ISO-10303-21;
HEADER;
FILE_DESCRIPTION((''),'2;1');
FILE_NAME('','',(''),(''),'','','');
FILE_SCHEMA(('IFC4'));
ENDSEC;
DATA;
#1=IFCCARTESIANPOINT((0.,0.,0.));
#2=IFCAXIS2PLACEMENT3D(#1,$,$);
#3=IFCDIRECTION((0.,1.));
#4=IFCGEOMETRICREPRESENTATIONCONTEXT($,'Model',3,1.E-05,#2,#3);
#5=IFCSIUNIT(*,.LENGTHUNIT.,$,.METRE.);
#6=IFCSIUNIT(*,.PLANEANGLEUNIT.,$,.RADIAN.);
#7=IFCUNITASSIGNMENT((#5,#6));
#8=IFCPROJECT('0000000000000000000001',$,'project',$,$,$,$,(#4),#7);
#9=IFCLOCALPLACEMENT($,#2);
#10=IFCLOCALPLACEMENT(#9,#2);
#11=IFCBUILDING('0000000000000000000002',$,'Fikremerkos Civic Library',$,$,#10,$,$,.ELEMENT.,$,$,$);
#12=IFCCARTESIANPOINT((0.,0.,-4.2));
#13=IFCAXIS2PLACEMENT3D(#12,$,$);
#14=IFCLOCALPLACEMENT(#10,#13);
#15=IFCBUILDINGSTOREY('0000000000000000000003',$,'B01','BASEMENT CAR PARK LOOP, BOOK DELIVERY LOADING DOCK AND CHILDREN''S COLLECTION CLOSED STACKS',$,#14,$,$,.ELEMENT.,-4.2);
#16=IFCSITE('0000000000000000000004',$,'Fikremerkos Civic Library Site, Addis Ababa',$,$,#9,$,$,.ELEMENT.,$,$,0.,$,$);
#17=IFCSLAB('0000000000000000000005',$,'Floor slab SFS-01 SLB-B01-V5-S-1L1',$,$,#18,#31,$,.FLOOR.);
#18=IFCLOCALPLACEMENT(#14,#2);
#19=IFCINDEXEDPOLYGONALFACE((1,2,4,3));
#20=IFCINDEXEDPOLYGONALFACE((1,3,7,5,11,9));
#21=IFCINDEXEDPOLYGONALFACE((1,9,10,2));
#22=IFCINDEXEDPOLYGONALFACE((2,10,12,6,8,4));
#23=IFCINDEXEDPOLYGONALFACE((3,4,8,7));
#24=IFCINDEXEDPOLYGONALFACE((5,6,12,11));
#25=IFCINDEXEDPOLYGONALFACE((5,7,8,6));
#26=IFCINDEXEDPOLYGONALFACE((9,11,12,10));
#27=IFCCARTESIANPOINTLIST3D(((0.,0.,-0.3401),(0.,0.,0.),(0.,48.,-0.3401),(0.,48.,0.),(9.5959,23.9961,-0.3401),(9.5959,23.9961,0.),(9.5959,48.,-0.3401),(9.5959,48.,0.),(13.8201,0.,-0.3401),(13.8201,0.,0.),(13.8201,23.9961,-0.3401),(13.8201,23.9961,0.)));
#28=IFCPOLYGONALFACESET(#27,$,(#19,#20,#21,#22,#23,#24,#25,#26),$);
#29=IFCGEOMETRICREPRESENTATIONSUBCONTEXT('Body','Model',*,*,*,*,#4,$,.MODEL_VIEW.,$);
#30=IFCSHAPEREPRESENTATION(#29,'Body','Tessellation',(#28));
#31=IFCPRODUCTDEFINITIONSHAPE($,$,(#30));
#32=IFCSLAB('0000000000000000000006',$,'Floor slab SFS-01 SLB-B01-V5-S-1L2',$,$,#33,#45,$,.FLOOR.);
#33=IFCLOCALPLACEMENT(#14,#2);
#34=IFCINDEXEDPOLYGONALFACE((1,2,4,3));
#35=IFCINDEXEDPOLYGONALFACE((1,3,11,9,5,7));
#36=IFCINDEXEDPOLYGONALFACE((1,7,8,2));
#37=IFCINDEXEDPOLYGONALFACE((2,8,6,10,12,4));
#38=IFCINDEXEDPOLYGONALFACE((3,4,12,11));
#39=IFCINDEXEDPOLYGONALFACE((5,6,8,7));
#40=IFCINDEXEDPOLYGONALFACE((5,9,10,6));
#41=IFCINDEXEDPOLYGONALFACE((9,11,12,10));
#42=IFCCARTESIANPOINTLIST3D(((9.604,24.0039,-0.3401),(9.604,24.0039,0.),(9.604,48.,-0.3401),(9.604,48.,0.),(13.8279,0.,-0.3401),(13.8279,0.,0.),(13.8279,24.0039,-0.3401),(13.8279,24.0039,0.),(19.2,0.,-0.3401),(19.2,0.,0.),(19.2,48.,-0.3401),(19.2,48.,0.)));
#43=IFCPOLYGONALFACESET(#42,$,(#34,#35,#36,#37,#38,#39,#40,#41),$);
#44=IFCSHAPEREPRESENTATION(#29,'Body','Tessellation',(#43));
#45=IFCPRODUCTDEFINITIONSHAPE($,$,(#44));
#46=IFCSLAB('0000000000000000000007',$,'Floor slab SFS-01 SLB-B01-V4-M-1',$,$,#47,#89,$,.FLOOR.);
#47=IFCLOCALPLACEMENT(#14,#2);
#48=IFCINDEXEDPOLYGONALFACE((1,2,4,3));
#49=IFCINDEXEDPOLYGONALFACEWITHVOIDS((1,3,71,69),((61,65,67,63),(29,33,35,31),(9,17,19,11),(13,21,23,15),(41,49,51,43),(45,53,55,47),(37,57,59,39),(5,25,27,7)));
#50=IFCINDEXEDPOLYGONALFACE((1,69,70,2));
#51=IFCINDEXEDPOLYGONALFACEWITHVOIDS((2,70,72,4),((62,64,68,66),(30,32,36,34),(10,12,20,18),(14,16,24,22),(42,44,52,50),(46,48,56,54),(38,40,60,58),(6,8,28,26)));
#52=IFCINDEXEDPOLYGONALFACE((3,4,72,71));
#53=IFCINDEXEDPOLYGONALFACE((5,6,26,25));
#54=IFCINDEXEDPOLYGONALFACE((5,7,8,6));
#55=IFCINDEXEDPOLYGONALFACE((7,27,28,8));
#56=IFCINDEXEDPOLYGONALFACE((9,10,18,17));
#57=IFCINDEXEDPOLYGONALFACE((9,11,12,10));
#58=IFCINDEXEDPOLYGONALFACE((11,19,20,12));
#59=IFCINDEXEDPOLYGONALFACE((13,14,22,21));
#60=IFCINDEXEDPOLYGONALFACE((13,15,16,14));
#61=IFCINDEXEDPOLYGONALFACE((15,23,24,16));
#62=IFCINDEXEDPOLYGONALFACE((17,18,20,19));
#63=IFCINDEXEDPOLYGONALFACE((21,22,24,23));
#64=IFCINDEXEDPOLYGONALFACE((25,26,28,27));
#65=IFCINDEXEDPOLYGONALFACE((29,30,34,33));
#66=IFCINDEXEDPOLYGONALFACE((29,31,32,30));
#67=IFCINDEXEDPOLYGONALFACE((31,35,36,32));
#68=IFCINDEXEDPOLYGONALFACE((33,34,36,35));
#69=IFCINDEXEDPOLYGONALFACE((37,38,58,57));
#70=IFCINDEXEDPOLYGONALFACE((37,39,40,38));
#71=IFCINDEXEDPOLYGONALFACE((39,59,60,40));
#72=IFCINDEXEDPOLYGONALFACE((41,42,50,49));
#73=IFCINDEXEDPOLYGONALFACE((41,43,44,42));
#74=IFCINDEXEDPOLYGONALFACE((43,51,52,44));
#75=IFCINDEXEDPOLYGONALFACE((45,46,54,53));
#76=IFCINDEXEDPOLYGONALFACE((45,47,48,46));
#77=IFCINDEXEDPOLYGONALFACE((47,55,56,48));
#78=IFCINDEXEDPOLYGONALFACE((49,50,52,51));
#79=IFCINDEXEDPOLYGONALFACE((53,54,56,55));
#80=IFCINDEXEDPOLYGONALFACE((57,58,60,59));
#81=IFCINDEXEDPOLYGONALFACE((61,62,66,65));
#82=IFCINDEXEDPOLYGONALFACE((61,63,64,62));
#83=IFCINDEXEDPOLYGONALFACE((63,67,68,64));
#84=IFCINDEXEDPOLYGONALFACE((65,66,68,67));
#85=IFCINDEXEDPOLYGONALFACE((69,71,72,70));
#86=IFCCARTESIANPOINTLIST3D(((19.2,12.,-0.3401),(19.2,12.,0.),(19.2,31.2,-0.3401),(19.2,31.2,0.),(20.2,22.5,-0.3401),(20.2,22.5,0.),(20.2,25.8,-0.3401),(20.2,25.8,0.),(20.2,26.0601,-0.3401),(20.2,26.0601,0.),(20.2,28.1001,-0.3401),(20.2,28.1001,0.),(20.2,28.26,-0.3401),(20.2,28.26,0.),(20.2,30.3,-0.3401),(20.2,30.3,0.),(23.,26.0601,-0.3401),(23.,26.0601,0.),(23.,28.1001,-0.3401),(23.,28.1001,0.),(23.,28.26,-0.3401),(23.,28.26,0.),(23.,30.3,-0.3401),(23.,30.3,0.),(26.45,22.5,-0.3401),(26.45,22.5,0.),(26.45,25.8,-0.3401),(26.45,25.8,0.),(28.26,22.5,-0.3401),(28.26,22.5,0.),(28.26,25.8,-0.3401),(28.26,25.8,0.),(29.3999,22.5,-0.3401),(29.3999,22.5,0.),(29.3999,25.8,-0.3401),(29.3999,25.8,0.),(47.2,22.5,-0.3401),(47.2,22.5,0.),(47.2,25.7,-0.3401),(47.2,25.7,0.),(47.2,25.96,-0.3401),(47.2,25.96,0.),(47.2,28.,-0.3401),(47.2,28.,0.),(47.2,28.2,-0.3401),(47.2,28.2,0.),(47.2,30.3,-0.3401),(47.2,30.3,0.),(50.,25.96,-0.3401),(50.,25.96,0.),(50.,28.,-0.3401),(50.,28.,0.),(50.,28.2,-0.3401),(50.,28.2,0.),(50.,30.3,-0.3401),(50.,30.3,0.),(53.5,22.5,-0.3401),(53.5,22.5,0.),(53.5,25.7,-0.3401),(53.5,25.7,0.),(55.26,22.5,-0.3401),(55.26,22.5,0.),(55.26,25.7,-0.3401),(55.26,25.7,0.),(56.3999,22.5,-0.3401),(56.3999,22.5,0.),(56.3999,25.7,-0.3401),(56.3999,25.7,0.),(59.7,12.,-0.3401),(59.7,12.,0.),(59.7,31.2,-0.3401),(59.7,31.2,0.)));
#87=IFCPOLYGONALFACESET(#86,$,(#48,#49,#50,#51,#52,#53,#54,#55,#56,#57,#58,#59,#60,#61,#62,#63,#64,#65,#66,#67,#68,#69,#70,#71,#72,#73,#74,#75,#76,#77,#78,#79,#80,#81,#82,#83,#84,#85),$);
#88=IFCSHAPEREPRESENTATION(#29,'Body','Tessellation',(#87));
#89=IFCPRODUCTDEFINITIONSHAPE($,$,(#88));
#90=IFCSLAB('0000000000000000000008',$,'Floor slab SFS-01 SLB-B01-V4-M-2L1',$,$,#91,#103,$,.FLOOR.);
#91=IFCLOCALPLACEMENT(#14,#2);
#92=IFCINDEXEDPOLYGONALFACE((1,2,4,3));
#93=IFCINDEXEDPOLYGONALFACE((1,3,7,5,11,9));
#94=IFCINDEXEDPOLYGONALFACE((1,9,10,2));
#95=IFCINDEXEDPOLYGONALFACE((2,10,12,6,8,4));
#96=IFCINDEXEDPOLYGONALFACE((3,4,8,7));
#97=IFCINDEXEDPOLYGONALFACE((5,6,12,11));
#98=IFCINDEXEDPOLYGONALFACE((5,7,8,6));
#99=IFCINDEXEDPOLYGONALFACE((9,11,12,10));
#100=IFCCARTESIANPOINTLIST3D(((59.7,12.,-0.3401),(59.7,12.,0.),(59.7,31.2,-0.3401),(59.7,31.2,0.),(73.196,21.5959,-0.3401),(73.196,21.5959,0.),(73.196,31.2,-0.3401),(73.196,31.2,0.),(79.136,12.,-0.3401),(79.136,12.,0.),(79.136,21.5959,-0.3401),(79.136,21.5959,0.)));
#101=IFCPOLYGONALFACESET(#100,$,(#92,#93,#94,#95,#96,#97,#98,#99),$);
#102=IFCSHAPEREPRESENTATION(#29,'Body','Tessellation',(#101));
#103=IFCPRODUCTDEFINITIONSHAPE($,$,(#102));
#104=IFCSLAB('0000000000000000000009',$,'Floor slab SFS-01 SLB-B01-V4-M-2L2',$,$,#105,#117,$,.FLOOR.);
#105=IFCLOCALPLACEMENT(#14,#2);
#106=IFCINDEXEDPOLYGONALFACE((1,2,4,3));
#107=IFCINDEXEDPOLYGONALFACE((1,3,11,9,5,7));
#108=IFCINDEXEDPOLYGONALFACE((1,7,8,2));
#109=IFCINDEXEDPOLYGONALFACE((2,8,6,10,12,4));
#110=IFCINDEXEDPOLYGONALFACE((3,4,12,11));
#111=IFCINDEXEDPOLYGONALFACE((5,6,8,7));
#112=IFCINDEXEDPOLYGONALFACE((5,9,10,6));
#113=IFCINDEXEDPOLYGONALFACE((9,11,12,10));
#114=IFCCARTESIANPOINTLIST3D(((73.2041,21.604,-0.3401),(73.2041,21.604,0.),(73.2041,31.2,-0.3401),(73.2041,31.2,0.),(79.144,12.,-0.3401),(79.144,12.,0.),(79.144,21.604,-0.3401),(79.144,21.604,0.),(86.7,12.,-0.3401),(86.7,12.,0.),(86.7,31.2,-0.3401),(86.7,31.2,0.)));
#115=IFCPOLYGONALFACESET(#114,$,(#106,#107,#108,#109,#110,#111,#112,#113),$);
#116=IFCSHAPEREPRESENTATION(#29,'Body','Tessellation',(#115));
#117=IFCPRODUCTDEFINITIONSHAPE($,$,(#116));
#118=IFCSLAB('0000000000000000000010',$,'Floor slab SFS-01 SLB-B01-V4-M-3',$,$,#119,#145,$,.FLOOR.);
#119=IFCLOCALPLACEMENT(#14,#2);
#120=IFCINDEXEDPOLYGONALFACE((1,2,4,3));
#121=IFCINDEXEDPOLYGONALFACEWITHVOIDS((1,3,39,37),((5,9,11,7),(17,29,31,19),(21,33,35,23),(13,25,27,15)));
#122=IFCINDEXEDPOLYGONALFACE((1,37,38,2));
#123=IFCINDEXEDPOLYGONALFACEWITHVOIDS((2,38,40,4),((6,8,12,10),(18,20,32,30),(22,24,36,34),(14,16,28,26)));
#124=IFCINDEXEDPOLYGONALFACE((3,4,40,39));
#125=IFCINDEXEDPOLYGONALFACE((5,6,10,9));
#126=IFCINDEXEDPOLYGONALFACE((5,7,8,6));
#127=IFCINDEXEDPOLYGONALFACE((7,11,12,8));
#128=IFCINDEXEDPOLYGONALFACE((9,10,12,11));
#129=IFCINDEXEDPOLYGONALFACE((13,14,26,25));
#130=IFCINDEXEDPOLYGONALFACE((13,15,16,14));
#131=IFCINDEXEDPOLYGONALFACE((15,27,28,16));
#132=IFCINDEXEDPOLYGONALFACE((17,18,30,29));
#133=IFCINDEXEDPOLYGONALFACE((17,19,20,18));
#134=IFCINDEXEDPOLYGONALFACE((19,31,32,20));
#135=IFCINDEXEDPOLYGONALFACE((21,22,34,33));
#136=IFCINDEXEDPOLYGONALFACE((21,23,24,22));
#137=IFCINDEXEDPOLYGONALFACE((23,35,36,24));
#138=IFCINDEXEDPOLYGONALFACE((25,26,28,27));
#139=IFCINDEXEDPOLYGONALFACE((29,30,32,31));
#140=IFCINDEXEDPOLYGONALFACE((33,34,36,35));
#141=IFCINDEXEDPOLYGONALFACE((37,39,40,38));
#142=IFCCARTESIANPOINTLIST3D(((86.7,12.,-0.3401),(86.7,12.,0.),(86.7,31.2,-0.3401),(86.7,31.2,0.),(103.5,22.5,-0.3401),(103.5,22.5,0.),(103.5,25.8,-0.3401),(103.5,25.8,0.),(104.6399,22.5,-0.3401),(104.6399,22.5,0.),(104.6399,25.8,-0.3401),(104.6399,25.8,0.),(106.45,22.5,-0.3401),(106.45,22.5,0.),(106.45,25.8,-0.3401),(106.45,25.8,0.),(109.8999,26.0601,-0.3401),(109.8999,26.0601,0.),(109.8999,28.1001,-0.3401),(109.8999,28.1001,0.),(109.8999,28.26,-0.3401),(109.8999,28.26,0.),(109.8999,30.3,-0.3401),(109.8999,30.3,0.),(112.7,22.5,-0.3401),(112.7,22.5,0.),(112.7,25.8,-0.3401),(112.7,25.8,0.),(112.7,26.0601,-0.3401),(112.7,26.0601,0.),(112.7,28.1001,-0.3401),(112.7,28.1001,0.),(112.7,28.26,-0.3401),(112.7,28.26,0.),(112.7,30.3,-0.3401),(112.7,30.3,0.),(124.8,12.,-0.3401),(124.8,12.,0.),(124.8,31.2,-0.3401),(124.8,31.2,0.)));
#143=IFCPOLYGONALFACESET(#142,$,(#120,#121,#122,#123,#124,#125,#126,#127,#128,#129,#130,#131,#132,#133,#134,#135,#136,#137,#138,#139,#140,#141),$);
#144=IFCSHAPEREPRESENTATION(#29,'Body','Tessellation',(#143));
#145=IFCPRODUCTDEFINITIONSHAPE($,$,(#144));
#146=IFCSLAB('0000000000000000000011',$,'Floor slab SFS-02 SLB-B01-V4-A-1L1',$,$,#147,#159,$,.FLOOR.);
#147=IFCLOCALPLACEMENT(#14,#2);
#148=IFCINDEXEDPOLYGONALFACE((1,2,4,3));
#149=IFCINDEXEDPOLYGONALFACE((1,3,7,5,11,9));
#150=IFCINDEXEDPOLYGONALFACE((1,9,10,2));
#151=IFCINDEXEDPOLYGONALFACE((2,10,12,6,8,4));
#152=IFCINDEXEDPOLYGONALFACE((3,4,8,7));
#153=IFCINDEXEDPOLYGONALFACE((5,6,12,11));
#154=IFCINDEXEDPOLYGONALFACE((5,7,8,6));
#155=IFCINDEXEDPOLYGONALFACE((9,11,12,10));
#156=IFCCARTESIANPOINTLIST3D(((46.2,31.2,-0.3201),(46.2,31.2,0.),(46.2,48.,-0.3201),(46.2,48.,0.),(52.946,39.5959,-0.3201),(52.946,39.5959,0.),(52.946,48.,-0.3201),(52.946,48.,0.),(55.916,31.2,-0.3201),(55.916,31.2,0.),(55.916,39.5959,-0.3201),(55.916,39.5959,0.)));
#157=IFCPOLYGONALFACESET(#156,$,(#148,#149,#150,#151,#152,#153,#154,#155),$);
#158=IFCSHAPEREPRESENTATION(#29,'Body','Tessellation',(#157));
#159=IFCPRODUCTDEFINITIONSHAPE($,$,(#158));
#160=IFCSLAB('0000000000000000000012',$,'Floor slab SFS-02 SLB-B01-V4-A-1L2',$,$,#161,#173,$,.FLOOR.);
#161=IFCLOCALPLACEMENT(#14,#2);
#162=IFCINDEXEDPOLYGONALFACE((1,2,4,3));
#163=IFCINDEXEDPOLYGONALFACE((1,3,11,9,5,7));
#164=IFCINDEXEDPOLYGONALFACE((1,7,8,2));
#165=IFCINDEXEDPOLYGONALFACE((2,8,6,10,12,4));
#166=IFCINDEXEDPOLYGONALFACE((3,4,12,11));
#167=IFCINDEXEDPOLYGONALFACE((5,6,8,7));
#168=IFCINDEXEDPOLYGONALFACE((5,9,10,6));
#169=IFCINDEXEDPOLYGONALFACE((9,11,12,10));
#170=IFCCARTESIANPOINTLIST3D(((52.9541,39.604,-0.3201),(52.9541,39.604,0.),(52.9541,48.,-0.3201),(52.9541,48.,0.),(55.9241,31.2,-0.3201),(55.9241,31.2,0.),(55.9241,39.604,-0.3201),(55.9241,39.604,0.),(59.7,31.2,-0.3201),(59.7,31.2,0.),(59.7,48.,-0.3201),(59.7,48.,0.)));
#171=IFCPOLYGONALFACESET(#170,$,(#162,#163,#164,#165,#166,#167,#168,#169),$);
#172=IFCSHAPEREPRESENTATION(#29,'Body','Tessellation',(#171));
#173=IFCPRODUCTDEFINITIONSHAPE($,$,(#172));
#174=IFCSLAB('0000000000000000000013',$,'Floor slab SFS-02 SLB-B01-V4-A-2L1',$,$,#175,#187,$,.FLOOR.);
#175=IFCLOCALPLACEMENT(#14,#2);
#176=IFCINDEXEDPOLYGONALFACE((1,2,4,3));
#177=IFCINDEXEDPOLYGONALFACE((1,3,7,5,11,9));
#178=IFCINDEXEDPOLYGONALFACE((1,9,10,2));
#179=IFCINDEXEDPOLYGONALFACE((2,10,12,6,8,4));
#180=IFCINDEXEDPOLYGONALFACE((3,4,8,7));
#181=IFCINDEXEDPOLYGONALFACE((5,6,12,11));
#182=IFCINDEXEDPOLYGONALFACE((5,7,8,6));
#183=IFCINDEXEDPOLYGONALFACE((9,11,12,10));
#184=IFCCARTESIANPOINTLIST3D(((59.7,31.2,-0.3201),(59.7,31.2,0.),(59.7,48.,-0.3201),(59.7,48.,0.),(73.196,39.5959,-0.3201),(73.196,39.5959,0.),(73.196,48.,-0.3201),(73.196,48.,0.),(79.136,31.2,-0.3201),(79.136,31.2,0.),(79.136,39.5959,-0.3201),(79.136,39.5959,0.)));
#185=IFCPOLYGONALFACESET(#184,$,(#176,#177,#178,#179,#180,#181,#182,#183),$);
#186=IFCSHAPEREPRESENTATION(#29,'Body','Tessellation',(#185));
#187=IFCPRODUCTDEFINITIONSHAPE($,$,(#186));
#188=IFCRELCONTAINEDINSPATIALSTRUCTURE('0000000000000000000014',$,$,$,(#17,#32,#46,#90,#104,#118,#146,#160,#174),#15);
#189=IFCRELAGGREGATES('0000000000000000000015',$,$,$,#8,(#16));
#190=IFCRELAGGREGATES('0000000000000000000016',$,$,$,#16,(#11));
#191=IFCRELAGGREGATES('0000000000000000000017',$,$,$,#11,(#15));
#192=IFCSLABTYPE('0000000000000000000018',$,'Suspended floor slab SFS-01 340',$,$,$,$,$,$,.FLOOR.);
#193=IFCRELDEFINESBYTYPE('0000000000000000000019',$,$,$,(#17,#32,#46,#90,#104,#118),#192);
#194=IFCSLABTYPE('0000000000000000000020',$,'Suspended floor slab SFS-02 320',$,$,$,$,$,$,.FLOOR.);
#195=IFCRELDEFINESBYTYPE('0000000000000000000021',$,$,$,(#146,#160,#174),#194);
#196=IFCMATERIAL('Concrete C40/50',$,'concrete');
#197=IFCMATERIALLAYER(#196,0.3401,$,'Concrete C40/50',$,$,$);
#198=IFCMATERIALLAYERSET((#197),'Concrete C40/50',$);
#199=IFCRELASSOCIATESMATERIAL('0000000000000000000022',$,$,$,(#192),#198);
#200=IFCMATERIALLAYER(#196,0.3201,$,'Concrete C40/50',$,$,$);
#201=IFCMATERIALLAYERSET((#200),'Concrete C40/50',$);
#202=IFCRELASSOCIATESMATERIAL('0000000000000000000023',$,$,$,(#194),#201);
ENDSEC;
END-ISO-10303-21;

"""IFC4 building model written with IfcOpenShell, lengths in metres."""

from ifc_helpers import new_model, si_unit, direction, frame, origin, place, context, subcontext, project, spatial, polyline, outline, extrude, material, layer, layer_set, type_object, element, save


model = new_model("IFC4")

# Units and contexts
model_context = context("Model", 3, precision=1e-05, world=origin(), true_north=direction((0.0, 1.0)))
body_context = subcontext(model_context, "Body", "Model", "MODEL_VIEW")
ifc_project = project(units=[si_unit("LENGTHUNIT", "METRE"), si_unit("PLANEANGLEUNIT", "RADIAN")], contexts=[model_context])

# Site, building, storey
site_placement = place(None, origin())
site = spatial("IfcSite", under=ifc_project, at=site_placement, Name="Fikremerkos Civic Library Site, Addis Ababa", CompositionType="ELEMENT", RefElevation=0.0)
building_placement = place(site_placement, origin())
building = spatial("IfcBuilding", under=site, at=building_placement, Name="Fikremerkos Civic Library", CompositionType="ELEMENT")
storey_placement = place(building_placement, frame((0.0, 0.0, -4.2)))
storey = spatial("IfcBuildingStorey", under=building, at=storey_placement, Name="B01", Description="BASEMENT CAR PARK LOOP, BOOK DELIVERY LOADING DOCK AND CHILDREN'S COLLECTION CLOSED STACKS", CompositionType="ELEMENT", Elevation=-4.2)

# Slabs
ifc_material = material(Name="Concrete C40/50", Category="concrete")
ifc_layer_1 = layer(ifc_material, 0.3401, Name="Concrete C40/50")
ifc_layer_set_1 = layer_set([ifc_layer_1], Name="Concrete C40/50")
slab_type_1 = type_object("IfcSlabType", Name="Suspended floor slab SFS-01 340", PredefinedType="FLOOR", material=ifc_layer_set_1)
slab_1_placement = place(storey_placement, frame((0.0, 0.0, -0.3401)))
element("IfcSlab", 1, at=slab_1_placement, inside=storey, type_object=slab_type_1, Name="Floor slab SFS-01 SLB-B01-V5-S-1L1", PredefinedType="FLOOR", context=body_context, shape_type="SweptSolid", body=[
    extrude(outline(polyline([(0.0, 0.0), (13.8201, 0.0), (13.8201, 23.9961), (9.5959, 23.9961), (9.5959, 48.0), (0.0, 48.0), (0.0, 0.0)])), origin(), (0.0, 0.0, 1.0), 0.3401),
])
slab_2_placement = place(storey_placement, frame((0.0, 0.0, -0.3401)))
element("IfcSlab", 2, at=slab_2_placement, inside=storey, type_object=slab_type_1, Name="Floor slab SFS-01 SLB-B01-V5-S-1L2", PredefinedType="FLOOR", context=body_context, shape_type="SweptSolid", body=[
    extrude(outline(polyline([(13.8279, 0.0), (19.2, 0.0), (19.2, 48.0), (9.604, 48.0), (9.604, 24.0039), (13.8279, 24.0039), (13.8279, 0.0)])), origin(), (0.0, 0.0, 1.0), 0.3401),
])
slab_3_placement = place(storey_placement, frame((0.0, 0.0, -0.3401)))
element("IfcSlab", 3, at=slab_3_placement, inside=storey, type_object=slab_type_1, Name="Floor slab SFS-01 SLB-B01-V4-M-1", PredefinedType="FLOOR", context=body_context, shape_type="SweptSolid", body=[
    extrude(outline(polyline([(19.2, 12.0), (59.7, 12.0), (59.7, 31.2), (19.2, 31.2), (19.2, 12.0)]), holes=[polyline([(20.2, 22.5), (26.45, 22.5), (26.45, 25.8), (20.2, 25.8), (20.2, 22.5)]), polyline([(20.2, 26.0601), (23.0, 26.0601), (23.0, 28.1001), (20.2, 28.1001), (20.2, 26.0601)]), polyline([(20.2, 28.26), (23.0, 28.26), (23.0, 30.3), (20.2, 30.3), (20.2, 28.26)]), polyline([(28.26, 22.5), (29.3999, 22.5), (29.3999, 25.8), (28.26, 25.8), (28.26, 22.5)]), polyline([(47.2, 22.5), (53.5, 22.5), (53.5, 25.7), (47.2, 25.7), (47.2, 22.5)]), polyline([(47.2, 25.96), (50.0, 25.96), (50.0, 28.0), (47.2, 28.0), (47.2, 25.96)]), polyline([(47.2, 28.2), (50.0, 28.2), (50.0, 30.3), (47.2, 30.3), (47.2, 28.2)]), polyline([(55.26, 22.5), (56.3999, 22.5), (56.3999, 25.7), (55.26, 25.7), (55.26, 22.5)])]), origin(), (0.0, 0.0, 1.0), 0.3401),
])
slab_4_placement = place(storey_placement, frame((0.0, 0.0, -0.3401)))
element("IfcSlab", 4, at=slab_4_placement, inside=storey, type_object=slab_type_1, Name="Floor slab SFS-01 SLB-B01-V4-M-2L1", PredefinedType="FLOOR", context=body_context, shape_type="SweptSolid", body=[
    extrude(outline(polyline([(59.7, 12.0), (79.136, 12.0), (79.136, 21.5959), (73.196, 21.5959), (73.196, 31.2), (59.7, 31.2), (59.7, 12.0)])), origin(), (0.0, 0.0, 1.0), 0.3401),
])
slab_5_placement = place(storey_placement, frame((0.0, 0.0, -0.3401)))
element("IfcSlab", 5, at=slab_5_placement, inside=storey, type_object=slab_type_1, Name="Floor slab SFS-01 SLB-B01-V4-M-2L2", PredefinedType="FLOOR", context=body_context, shape_type="SweptSolid", body=[
    extrude(outline(polyline([(79.144, 12.0), (86.7, 12.0), (86.7, 31.2), (73.2041, 31.2), (73.2041, 21.604), (79.144, 21.604), (79.144, 12.0)])), origin(), (0.0, 0.0, 1.0), 0.3401),
])
slab_6_placement = place(storey_placement, frame((0.0, 0.0, -0.3401)))
element("IfcSlab", 6, at=slab_6_placement, inside=storey, type_object=slab_type_1, Name="Floor slab SFS-01 SLB-B01-V4-M-3", PredefinedType="FLOOR", context=body_context, shape_type="SweptSolid", body=[
    extrude(outline(polyline([(86.7, 12.0), (124.8, 12.0), (124.8, 31.2), (86.7, 31.2), (86.7, 12.0)]), holes=[polyline([(106.45, 22.5), (112.7, 22.5), (112.7, 25.8), (106.45, 25.8), (106.45, 22.5)]), polyline([(109.8999, 26.0601), (112.7, 26.0601), (112.7, 28.1001), (109.8999, 28.1001), (109.8999, 26.0601)]), polyline([(109.8999, 28.26), (112.7, 28.26), (112.7, 30.3), (109.8999, 30.3), (109.8999, 28.26)]), polyline([(103.5, 22.5), (104.6399, 22.5), (104.6399, 25.8), (103.5, 25.8), (103.5, 22.5)])]), origin(), (0.0, 0.0, 1.0), 0.3401),
])
ifc_layer_2 = layer(ifc_material, 0.3201, Name="Concrete C40/50")
ifc_layer_set_2 = layer_set([ifc_layer_2], Name="Concrete C40/50")
slab_type_2 = type_object("IfcSlabType", Name="Suspended floor slab SFS-02 320", PredefinedType="FLOOR", material=ifc_layer_set_2)
slab_7_placement = place(storey_placement, frame((0.0, 0.0, -0.3201)))
element("IfcSlab", 7, at=slab_7_placement, inside=storey, type_object=slab_type_2, Name="Floor slab SFS-02 SLB-B01-V4-A-1L1", PredefinedType="FLOOR", context=body_context, shape_type="SweptSolid", body=[
    extrude(outline(polyline([(46.2, 31.2), (55.916, 31.2), (55.916, 39.5959), (52.946, 39.5959), (52.946, 48.0), (46.2, 48.0), (46.2, 31.2)])), origin(), (0.0, 0.0, 1.0), 0.3201),
])
slab_8_placement = place(storey_placement, frame((0.0, 0.0, -0.3201)))
element("IfcSlab", 8, at=slab_8_placement, inside=storey, type_object=slab_type_2, Name="Floor slab SFS-02 SLB-B01-V4-A-1L2", PredefinedType="FLOOR", context=body_context, shape_type="SweptSolid", body=[
    extrude(outline(polyline([(55.9241, 31.2), (59.7, 31.2), (59.7, 48.0), (52.9541, 48.0), (52.9541, 39.604), (55.9241, 39.604), (55.9241, 31.2)])), origin(), (0.0, 0.0, 1.0), 0.3201),
])
slab_9_placement = place(storey_placement, frame((0.0, 0.0, -0.3201)))
element("IfcSlab", 9, at=slab_9_placement, inside=storey, type_object=slab_type_2, Name="Floor slab SFS-02 SLB-B01-V4-A-2L1", PredefinedType="FLOOR", context=body_context, shape_type="SweptSolid", body=[
    extrude(outline(polyline([(59.7, 31.2), (79.136, 31.2), (79.136, 39.5959), (73.196, 39.5959), (73.196, 48.0), (59.7, 48.0), (59.7, 31.2)])), origin(), (0.0, 0.0, 1.0), 0.3201),
])

save(model, "model.ifc")
